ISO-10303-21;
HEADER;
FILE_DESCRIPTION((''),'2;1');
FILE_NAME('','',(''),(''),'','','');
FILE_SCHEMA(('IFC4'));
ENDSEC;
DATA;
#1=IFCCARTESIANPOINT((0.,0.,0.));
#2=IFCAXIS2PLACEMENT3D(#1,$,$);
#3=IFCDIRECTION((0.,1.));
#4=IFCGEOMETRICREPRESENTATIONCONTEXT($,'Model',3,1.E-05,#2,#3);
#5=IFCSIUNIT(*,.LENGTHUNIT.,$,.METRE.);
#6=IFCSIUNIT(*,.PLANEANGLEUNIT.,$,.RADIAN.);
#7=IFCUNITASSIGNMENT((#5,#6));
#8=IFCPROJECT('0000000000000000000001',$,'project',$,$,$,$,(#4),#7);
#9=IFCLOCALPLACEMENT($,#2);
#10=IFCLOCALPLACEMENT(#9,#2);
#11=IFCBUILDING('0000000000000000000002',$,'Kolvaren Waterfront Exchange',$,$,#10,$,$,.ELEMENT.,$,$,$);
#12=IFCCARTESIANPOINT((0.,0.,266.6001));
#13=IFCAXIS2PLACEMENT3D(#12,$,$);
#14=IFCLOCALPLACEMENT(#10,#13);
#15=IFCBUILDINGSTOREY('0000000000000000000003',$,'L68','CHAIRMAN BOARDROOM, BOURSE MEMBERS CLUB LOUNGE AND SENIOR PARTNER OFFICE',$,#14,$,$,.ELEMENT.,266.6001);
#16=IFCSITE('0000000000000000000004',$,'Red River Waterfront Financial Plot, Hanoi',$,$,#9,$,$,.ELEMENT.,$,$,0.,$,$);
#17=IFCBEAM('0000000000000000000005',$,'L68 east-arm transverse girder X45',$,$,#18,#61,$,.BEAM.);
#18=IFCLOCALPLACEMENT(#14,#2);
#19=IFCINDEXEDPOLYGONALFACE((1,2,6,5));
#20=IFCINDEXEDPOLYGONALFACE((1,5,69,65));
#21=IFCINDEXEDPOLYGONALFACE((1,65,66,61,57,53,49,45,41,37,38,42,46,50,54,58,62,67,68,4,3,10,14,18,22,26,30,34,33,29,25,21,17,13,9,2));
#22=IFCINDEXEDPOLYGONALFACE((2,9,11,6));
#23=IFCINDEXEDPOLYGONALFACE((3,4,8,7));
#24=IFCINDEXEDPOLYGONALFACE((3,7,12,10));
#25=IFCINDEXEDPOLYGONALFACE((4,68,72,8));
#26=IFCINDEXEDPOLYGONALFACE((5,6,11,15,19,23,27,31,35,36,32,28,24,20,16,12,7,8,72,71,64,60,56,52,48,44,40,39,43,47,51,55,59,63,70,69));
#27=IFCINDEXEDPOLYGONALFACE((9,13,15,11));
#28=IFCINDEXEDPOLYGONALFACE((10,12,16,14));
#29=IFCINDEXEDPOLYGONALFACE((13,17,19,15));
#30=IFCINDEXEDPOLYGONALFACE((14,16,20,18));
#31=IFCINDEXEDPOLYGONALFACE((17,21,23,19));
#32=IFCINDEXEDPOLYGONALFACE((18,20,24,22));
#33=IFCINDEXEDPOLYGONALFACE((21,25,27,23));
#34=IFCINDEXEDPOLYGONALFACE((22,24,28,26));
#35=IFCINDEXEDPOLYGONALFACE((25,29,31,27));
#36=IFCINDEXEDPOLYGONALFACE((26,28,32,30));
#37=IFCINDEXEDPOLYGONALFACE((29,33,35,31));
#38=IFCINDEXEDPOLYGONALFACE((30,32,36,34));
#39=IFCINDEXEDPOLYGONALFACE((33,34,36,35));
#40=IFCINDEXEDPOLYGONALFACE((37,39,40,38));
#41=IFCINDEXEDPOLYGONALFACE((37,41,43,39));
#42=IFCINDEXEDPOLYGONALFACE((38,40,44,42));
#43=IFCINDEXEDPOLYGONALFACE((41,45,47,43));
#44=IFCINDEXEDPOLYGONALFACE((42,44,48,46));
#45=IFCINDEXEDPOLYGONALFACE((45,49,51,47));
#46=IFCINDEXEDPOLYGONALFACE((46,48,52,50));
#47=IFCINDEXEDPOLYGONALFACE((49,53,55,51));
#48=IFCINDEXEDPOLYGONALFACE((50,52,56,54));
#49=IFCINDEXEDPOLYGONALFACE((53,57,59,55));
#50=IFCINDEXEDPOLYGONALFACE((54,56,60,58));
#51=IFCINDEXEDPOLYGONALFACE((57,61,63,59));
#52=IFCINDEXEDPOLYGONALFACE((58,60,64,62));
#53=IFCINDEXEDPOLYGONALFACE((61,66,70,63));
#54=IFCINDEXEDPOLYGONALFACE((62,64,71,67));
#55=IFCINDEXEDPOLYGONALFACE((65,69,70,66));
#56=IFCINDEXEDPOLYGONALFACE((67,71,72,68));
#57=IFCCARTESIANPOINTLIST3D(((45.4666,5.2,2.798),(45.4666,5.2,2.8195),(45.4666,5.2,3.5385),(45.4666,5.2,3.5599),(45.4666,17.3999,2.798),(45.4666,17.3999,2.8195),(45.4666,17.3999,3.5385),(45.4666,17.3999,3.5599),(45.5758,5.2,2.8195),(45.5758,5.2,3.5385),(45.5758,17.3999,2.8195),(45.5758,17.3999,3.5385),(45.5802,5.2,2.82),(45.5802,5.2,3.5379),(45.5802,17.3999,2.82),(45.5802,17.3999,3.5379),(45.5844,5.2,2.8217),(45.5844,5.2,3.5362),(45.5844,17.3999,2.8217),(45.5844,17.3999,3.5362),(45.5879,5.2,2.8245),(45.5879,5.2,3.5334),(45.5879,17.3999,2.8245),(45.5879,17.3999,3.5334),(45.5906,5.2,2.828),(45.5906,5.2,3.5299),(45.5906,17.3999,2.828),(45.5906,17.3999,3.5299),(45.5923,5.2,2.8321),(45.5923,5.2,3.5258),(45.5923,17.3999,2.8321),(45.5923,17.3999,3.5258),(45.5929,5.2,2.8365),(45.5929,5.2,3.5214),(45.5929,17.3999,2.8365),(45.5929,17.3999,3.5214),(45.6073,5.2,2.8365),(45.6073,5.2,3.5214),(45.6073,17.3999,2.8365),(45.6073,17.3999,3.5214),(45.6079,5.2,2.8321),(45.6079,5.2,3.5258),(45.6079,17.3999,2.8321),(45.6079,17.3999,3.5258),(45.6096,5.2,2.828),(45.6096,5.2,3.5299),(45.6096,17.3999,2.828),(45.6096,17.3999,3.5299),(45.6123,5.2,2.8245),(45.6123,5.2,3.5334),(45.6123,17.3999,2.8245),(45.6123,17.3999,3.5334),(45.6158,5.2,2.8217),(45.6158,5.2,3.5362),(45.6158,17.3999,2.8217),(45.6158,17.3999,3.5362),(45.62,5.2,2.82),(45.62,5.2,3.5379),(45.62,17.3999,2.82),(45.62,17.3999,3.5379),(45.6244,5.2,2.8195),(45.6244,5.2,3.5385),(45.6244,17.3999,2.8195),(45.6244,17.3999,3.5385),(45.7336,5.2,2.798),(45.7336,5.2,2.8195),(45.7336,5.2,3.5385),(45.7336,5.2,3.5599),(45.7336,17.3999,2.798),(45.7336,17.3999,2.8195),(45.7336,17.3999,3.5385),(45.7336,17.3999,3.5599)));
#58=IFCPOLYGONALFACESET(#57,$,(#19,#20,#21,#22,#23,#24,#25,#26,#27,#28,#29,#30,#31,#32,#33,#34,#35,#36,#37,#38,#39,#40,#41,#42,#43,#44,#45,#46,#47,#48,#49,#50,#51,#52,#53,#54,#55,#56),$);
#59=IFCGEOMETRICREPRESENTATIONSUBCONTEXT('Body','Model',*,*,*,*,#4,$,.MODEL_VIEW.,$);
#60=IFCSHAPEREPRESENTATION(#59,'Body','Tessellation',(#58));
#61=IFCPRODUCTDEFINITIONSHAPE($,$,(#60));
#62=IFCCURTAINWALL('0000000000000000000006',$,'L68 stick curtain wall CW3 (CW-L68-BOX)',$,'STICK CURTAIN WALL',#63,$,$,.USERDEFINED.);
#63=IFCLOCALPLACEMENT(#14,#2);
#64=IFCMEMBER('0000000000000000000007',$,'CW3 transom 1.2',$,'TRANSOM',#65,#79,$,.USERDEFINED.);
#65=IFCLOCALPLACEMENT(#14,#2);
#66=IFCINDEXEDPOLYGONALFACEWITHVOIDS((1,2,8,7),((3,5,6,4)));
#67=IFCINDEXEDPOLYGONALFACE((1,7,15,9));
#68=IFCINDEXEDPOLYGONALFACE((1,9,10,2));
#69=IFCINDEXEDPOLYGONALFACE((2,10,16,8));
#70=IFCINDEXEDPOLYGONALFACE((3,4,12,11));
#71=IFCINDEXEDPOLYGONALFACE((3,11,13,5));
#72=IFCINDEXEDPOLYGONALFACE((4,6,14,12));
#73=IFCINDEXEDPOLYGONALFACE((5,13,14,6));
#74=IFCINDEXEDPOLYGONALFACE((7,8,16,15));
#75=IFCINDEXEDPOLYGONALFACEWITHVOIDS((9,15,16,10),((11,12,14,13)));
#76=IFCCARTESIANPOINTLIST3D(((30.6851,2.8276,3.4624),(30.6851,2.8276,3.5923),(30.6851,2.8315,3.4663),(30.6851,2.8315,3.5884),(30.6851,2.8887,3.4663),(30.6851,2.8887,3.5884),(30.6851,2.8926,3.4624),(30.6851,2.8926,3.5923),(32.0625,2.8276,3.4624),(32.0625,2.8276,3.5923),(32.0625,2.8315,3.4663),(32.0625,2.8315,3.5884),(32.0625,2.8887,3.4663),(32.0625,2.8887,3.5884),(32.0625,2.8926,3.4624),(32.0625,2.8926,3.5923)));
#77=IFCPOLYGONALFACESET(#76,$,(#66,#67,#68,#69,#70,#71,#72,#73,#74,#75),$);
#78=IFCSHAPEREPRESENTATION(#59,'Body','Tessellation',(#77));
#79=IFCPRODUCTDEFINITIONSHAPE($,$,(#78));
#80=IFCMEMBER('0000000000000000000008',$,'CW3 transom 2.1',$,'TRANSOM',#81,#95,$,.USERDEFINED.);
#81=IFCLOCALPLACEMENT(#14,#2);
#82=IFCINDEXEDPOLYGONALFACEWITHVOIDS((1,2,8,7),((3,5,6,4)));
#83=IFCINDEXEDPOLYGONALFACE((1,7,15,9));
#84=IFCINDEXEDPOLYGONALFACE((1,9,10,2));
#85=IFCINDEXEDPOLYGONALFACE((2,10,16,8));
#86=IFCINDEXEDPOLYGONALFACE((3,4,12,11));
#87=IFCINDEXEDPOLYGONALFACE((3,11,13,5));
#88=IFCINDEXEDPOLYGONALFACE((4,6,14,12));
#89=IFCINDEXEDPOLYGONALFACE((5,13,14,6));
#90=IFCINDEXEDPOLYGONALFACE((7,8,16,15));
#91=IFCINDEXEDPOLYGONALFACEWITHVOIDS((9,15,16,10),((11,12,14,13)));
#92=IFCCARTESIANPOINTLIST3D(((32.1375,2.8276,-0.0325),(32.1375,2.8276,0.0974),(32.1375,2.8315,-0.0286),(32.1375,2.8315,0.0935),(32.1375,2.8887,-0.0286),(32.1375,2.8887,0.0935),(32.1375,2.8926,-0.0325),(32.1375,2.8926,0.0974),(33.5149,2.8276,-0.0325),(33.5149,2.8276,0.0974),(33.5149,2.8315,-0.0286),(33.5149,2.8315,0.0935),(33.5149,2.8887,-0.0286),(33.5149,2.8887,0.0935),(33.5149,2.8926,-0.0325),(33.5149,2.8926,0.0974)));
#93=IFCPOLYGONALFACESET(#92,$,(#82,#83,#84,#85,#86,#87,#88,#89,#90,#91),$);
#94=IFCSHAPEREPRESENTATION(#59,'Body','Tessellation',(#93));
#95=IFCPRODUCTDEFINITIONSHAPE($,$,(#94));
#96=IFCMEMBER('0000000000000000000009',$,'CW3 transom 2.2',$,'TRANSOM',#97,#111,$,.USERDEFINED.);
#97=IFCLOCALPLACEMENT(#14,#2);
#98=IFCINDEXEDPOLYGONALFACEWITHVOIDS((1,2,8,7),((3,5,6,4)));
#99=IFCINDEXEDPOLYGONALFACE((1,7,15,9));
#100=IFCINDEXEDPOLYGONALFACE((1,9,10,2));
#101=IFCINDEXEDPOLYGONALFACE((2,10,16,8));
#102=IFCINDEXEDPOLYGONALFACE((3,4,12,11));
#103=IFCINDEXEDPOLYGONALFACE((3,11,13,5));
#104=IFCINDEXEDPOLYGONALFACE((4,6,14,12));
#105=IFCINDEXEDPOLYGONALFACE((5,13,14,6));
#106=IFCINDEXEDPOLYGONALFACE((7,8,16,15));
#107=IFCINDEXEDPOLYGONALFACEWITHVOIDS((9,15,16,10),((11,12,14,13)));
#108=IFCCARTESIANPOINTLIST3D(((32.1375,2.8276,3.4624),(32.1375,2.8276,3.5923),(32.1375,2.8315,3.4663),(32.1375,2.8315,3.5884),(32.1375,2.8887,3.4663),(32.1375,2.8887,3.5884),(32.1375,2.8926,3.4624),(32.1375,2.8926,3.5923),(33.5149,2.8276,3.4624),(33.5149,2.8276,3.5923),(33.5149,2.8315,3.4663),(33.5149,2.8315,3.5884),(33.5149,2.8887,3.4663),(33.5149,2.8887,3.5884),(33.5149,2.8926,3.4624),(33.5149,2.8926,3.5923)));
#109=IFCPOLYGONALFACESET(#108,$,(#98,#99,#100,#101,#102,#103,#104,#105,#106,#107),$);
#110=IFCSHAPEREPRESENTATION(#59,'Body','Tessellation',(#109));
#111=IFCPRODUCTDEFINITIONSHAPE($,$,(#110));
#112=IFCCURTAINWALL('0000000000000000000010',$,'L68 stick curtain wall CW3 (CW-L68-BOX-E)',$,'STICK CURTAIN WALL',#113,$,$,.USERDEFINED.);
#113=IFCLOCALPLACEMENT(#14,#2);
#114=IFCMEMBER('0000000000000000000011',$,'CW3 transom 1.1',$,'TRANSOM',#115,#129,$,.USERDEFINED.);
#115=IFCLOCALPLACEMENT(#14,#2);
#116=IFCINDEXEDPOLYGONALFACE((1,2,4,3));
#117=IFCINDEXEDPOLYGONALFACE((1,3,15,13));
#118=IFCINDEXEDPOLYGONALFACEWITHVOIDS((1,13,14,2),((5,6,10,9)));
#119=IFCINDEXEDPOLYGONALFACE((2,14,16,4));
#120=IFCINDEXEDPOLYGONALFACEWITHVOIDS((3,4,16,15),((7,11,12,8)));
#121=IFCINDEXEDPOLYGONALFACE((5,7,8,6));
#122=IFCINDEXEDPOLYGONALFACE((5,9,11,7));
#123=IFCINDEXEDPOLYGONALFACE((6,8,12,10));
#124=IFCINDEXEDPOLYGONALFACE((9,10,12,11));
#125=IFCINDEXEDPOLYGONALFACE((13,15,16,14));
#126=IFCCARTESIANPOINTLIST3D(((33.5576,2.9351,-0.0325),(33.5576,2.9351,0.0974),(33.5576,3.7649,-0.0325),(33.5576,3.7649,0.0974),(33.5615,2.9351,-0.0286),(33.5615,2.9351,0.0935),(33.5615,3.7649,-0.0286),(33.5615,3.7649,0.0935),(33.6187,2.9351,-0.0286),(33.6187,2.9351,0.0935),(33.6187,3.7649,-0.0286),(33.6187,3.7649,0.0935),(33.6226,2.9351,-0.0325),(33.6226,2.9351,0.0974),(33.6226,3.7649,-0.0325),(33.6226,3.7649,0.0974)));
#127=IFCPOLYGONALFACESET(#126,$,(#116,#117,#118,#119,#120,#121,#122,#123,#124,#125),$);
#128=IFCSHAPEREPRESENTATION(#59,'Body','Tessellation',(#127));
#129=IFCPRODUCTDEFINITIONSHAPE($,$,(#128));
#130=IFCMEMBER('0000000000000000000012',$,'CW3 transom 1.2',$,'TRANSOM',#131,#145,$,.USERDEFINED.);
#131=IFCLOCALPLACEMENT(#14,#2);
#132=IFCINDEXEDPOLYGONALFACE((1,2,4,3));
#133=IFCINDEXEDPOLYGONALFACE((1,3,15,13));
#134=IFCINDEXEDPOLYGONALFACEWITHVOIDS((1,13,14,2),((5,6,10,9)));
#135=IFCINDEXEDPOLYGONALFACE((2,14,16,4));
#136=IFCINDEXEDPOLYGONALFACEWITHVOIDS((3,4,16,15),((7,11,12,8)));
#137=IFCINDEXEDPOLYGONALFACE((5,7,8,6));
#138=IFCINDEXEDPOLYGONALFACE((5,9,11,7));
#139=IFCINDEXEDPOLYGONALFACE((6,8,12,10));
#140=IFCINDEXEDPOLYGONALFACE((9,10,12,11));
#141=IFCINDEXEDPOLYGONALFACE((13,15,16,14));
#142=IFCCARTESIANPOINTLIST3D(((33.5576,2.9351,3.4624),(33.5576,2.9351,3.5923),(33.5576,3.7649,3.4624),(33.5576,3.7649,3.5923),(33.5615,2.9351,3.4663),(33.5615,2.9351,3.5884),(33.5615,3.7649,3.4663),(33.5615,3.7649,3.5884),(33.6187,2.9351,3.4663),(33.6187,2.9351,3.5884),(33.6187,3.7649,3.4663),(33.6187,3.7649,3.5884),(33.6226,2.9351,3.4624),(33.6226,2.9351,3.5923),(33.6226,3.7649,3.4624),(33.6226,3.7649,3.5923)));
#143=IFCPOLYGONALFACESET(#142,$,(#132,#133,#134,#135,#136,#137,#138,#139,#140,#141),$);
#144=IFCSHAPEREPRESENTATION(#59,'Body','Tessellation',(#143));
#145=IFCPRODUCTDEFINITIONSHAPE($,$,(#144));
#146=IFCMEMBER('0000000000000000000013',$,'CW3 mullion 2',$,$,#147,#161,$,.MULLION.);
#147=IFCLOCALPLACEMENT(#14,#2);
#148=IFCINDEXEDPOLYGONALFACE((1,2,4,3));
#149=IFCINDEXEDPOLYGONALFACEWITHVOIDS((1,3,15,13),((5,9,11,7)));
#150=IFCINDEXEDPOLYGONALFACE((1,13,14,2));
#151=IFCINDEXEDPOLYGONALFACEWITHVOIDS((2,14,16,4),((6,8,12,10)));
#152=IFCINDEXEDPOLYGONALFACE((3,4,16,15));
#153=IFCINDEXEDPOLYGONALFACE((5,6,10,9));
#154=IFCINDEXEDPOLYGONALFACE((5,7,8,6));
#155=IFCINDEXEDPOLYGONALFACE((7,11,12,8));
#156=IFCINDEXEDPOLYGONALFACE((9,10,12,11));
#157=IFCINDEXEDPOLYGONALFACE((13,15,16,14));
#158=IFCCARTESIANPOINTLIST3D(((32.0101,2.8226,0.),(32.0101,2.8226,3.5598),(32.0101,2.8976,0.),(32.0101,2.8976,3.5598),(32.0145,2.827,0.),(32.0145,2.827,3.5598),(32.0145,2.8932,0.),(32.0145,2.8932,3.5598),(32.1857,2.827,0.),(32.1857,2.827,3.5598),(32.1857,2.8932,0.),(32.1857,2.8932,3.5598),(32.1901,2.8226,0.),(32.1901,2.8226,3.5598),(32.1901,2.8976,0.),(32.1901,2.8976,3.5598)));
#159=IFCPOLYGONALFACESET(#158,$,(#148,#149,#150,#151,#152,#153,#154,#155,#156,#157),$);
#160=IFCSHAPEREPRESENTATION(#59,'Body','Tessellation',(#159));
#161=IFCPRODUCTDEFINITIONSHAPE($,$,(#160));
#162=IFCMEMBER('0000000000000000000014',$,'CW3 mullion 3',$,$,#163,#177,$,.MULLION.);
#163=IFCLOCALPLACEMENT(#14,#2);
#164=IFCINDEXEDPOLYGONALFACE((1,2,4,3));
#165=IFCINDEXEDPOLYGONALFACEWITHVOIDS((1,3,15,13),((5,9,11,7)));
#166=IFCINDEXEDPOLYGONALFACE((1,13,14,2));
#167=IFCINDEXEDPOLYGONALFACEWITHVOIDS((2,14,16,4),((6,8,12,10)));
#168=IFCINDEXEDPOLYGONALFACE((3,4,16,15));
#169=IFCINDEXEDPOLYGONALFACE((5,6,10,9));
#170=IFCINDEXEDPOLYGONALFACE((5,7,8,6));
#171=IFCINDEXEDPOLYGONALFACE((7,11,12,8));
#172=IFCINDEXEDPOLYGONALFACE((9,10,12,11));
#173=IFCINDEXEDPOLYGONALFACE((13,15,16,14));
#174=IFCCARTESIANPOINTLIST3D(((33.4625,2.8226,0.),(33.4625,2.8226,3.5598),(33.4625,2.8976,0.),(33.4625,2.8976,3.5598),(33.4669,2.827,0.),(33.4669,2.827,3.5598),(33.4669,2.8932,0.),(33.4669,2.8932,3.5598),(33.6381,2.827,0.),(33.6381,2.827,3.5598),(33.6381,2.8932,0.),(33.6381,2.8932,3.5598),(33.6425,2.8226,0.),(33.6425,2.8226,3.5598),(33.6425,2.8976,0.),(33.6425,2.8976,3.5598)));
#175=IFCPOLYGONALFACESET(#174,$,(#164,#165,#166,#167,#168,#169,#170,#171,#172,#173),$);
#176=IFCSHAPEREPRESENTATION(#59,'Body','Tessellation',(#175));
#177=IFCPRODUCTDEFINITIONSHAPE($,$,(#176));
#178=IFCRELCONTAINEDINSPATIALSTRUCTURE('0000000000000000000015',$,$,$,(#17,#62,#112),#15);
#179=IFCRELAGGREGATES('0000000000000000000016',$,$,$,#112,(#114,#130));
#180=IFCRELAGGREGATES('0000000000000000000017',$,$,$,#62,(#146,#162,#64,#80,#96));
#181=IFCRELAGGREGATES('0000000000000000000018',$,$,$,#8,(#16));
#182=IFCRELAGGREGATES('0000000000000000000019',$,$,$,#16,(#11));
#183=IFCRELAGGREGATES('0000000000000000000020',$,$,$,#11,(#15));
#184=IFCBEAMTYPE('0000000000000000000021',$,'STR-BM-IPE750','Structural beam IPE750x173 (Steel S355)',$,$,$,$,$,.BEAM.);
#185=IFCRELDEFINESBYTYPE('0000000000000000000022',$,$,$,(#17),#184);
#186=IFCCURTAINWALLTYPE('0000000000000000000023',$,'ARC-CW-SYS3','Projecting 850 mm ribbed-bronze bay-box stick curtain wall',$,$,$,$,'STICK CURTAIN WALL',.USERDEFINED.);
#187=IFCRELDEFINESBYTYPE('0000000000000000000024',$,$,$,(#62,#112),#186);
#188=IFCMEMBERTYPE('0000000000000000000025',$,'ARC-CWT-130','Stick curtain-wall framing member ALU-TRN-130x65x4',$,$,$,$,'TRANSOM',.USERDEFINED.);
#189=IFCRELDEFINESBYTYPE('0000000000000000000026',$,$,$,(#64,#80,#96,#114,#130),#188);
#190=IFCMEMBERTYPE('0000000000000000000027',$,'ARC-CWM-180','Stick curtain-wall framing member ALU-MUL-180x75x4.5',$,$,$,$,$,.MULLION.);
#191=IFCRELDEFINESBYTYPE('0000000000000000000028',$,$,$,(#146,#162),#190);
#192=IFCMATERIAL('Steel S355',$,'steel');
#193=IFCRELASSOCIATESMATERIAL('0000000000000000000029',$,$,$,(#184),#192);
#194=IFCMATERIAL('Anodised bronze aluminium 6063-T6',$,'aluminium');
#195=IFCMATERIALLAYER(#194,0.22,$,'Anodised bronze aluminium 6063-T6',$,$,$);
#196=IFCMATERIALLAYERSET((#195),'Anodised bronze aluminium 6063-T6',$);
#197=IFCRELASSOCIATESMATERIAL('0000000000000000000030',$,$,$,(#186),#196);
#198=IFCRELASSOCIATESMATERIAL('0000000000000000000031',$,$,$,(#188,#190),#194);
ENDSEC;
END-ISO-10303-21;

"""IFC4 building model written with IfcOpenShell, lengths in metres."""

from ifc_helpers import new_model, si_unit, direction, frame, origin, origin_with_axes, origin_2d, place, context, subcontext, project, spatial, hollow_rectangle, i_section, extrude, source, transform, mapped, material, layer, layer_set, material_profile, profile_set, type_object, element, aggregate, save


model = new_model("IFC4")

# Units and contexts
model_context = context("Model", 3, precision=1e-05, world=origin(), true_north=direction((0.0, 1.0)))
body_context = subcontext(model_context, "Body", "Model", "MODEL_VIEW")
ifc_project = project(units=[si_unit("LENGTHUNIT", "METRE"), si_unit("PLANEANGLEUNIT", "RADIAN")], contexts=[model_context])

# Site, building, storey
site_placement = place(None, origin())
site = spatial("IfcSite", under=ifc_project, at=site_placement, Name="Red River Waterfront Financial Plot, Hanoi", CompositionType="ELEMENT", RefElevation=0.0)
building_placement = place(site_placement, origin())
building = spatial("IfcBuilding", under=site, at=building_placement, Name="Kolvaren Waterfront Exchange", CompositionType="ELEMENT")
storey_placement = place(building_placement, frame((0.0, 0.0, 266.6001)))
storey = spatial("IfcBuildingStorey", under=building, at=storey_placement, Name="L68", Description="CHAIRMAN BOARDROOM, BOURSE MEMBERS CLUB LOUNGE AND SENIOR PARTNER OFFICE", CompositionType="ELEMENT", Elevation=266.6001)

# Beam
ifc_material_1 = material(Name="Steel S355", Category="steel")
ifc_material_profile_1 = material_profile(ifc_material_1, i_section(OverallWidth=0.2671, OverallDepth=0.762, WebThickness=0.0144, FlangeThickness=0.0215, FilletRadius=0.0171, at=origin_2d()), Name="IPE750x173")
ifc_profile_set_1 = profile_set([ifc_material_profile_1], Name="Steel S355")
beam_type_1 = type_object("IfcBeamType", Name="STR-BM-IPE750", Description="Structural beam IPE750x173 (Steel S355)", PredefinedType="BEAM", material=ifc_profile_set_1)
for number, where, z_axis, x_axis, name in (
    (1, (45.6001, 5.2, 3.179), (0.0, 1.0, 0.0), (-1.0, 0.0, 0.0), "L68 east-arm transverse girder X45"),
):
    element("IfcBeam", number, at=place(storey_placement, frame(where, z_axis=z_axis, x_axis=x_axis)), inside=storey, type_object=beam_type_1, Name=name, PredefinedType="BEAM", context=body_context, shape_type="SweptSolid", body=[
        extrude(i_section(OverallWidth=0.2671, OverallDepth=0.762, WebThickness=0.0144, FlangeThickness=0.0215, FilletRadius=0.0171, at=origin_2d()), origin(), (0.0, 0.0, 1.0), 12.2),
    ])

# Curtain walls, members
ifc_material_2 = material(Name="Anodised bronze aluminium 6063-T6", Category="aluminium")
ifc_layer_1 = layer(ifc_material_2, 0.22, Name="Anodised bronze aluminium 6063-T6")
ifc_layer_set_1 = layer_set([ifc_layer_1], Name="Anodised bronze aluminium 6063-T6")
curtain_wall_type_1 = type_object("IfcCurtainWallType", Name="ARC-CW-SYS3", Description="Projecting 850 mm ribbed-bronze bay-box stick curtain wall", ElementType="STICK CURTAIN WALL", PredefinedType="USERDEFINED", material=ifc_layer_set_1)
curtain_wall_1_placement = place(storey_placement, origin())
curtain_wall_1 = element("IfcCurtainWall", 2, at=curtain_wall_1_placement, inside=storey, type_object=curtain_wall_type_1, Name="L68 stick curtain wall CW3 (CW-L68-BOX)", ObjectType="STICK CURTAIN WALL", PredefinedType="USERDEFINED")
ifc_material_profile_2 = material_profile(ifc_material_2, hollow_rectangle(XDim=0.0649, YDim=0.1299, WallThickness=0.0039, at=origin_2d()), Name="ALU-TRN-130x65x4")
ifc_profile_set_2 = profile_set([ifc_material_profile_2], Name="Anodised bronze aluminium 6063-T6")
member_type_1 = type_object("IfcMemberType", Name="ARC-CWT-130", Description="Stick curtain-wall framing member ALU-TRN-130x65x4", ElementType="TRANSOM", PredefinedType="USERDEFINED", material=ifc_profile_set_2)
shared_shape_1 = source(origin_with_axes(), body_context, "Body", "SweptSolid", [
    extrude(hollow_rectangle(XDim=0.0649, YDim=0.1299, WallThickness=0.0039, at=origin_2d()), origin(), (0.0, 0.0, 1.0), 1.3774),
])
member_1_placement = place(storey_placement, frame((30.6851, 2.8601, 3.5273), z_axis=(1.0, 0.0, 0.0), x_axis=(0.0, 1.0, 0.0)))
member_1 = element("IfcMember", 3, at=member_1_placement, type_object=member_type_1, Name="CW3 transom 1.2", ObjectType="TRANSOM", PredefinedType="USERDEFINED", context=body_context, shape_type="MappedRepresentation", body=[
    mapped(shared_shape_1, transform((0.0, 0.0, 0.0), x_axis=(1.0, 0.0, 0.0), y_axis=(0.0, 1.0, 0.0), z_axis=(0.0, 0.0, 1.0), scale=1.0)),
])
member_2_placement = place(storey_placement, frame((32.1375, 2.8601, 0.0325), z_axis=(1.0, 0.0, 0.0), x_axis=(0.0, 1.0, 0.0)))
member_2 = element("IfcMember", 4, at=member_2_placement, type_object=member_type_1, Name="CW3 transom 2.1", ObjectType="TRANSOM", PredefinedType="USERDEFINED", context=body_context, shape_type="MappedRepresentation", body=[
    mapped(shared_shape_1, transform((0.0, 0.0, 0.0), x_axis=(1.0, 0.0, 0.0), y_axis=(0.0, 1.0, 0.0), z_axis=(0.0, 0.0, 1.0), scale=1.0)),
])
member_3_placement = place(storey_placement, frame((32.1375, 2.8601, 3.5273), z_axis=(1.0, 0.0, 0.0), x_axis=(0.0, 1.0, 0.0)))
member_3 = element("IfcMember", 5, at=member_3_placement, type_object=member_type_1, Name="CW3 transom 2.2", ObjectType="TRANSOM", PredefinedType="USERDEFINED", context=body_context, shape_type="MappedRepresentation", body=[
    mapped(shared_shape_1, transform((0.0, 0.0, 0.0), x_axis=(1.0, 0.0, 0.0), y_axis=(0.0, 1.0, 0.0), z_axis=(0.0, 0.0, 1.0), scale=1.0)),
])
curtain_wall_2_placement = place(storey_placement, origin())
curtain_wall_2 = element("IfcCurtainWall", 6, at=curtain_wall_2_placement, inside=storey, type_object=curtain_wall_type_1, Name="L68 stick curtain wall CW3 (CW-L68-BOX-E)", ObjectType="STICK CURTAIN WALL", PredefinedType="USERDEFINED")
shared_shape_2 = source(origin_with_axes(), body_context, "Body", "SweptSolid", [
    extrude(hollow_rectangle(XDim=0.0649, YDim=0.1299, WallThickness=0.0039, at=origin_2d()), origin(), (0.0, 0.0, 1.0), 0.8298),
])
member_4_placement = place(storey_placement, frame((33.5901, 2.9351, 0.0325), z_axis=(0.0, 1.0, 0.0), x_axis=(-1.0, 0.0, 0.0)))
member_4 = element("IfcMember", 7, at=member_4_placement, type_object=member_type_1, Name="CW3 transom 1.1", ObjectType="TRANSOM", PredefinedType="USERDEFINED", context=body_context, shape_type="MappedRepresentation", body=[
    mapped(shared_shape_2, transform((0.0, 0.0, 0.0), x_axis=(1.0, 0.0, 0.0), y_axis=(0.0, 1.0, 0.0), z_axis=(0.0, 0.0, 1.0), scale=1.0)),
])
member_5_placement = place(storey_placement, frame((33.5901, 2.9351, 3.5273), z_axis=(0.0, 1.0, 0.0), x_axis=(-1.0, 0.0, 0.0)))
member_5 = element("IfcMember", 8, at=member_5_placement, type_object=member_type_1, Name="CW3 transom 1.2", ObjectType="TRANSOM", PredefinedType="USERDEFINED", context=body_context, shape_type="MappedRepresentation", body=[
    mapped(shared_shape_2, transform((0.0, 0.0, 0.0), x_axis=(1.0, 0.0, 0.0), y_axis=(0.0, 1.0, 0.0), z_axis=(0.0, 0.0, 1.0), scale=1.0)),
])

# Members
ifc_material_profile_3 = material_profile(ifc_material_2, hollow_rectangle(XDim=0.075, YDim=0.1799, WallThickness=0.0044, at=origin_2d()), Name="ALU-MUL-180x75x4.5")
ifc_profile_set_3 = profile_set([ifc_material_profile_3], Name="Anodised bronze aluminium 6063-T6")
member_type_2 = type_object("IfcMemberType", Name="ARC-CWM-180", Description="Stick curtain-wall framing member ALU-MUL-180x75x4.5", PredefinedType="MULLION", material=ifc_profile_set_3)
shared_shape_3 = source(origin_with_axes(), body_context, "Body", "SweptSolid", [
    extrude(hollow_rectangle(XDim=0.075, YDim=0.1799, WallThickness=0.0044, at=origin_2d()), origin(), (0.0, 0.0, 1.0), 3.5598),
])
member_6_placement = place(storey_placement, frame((32.1001, 2.8601, 0.0), z_axis=(0.0, 0.0, 1.0), x_axis=(0.0, 1.0, 0.0)))
member_6 = element("IfcMember", 9, at=member_6_placement, type_object=member_type_2, Name="CW3 mullion 2", PredefinedType="MULLION", context=body_context, shape_type="MappedRepresentation", body=[
    mapped(shared_shape_3, transform((0.0, 0.0, 0.0), x_axis=(1.0, 0.0, 0.0), y_axis=(0.0, 1.0, 0.0), z_axis=(0.0, 0.0, 1.0), scale=1.0)),
])
member_7_placement = place(storey_placement, frame((33.5525, 2.8601, 0.0), z_axis=(0.0, 0.0, 1.0), x_axis=(0.0, 1.0, 0.0)))
member_7 = element("IfcMember", 10, at=member_7_placement, type_object=member_type_2, Name="CW3 mullion 3", PredefinedType="MULLION", context=body_context, shape_type="MappedRepresentation", body=[
    mapped(shared_shape_3, transform((0.0, 0.0, 0.0), x_axis=(1.0, 0.0, 0.0), y_axis=(0.0, 1.0, 0.0), z_axis=(0.0, 0.0, 1.0), scale=1.0)),
])

aggregate(curtain_wall_2, [member_4, member_5])
aggregate(curtain_wall_1, [member_6, member_7, member_1, member_2, member_3])

save(model, "model.ifc")
